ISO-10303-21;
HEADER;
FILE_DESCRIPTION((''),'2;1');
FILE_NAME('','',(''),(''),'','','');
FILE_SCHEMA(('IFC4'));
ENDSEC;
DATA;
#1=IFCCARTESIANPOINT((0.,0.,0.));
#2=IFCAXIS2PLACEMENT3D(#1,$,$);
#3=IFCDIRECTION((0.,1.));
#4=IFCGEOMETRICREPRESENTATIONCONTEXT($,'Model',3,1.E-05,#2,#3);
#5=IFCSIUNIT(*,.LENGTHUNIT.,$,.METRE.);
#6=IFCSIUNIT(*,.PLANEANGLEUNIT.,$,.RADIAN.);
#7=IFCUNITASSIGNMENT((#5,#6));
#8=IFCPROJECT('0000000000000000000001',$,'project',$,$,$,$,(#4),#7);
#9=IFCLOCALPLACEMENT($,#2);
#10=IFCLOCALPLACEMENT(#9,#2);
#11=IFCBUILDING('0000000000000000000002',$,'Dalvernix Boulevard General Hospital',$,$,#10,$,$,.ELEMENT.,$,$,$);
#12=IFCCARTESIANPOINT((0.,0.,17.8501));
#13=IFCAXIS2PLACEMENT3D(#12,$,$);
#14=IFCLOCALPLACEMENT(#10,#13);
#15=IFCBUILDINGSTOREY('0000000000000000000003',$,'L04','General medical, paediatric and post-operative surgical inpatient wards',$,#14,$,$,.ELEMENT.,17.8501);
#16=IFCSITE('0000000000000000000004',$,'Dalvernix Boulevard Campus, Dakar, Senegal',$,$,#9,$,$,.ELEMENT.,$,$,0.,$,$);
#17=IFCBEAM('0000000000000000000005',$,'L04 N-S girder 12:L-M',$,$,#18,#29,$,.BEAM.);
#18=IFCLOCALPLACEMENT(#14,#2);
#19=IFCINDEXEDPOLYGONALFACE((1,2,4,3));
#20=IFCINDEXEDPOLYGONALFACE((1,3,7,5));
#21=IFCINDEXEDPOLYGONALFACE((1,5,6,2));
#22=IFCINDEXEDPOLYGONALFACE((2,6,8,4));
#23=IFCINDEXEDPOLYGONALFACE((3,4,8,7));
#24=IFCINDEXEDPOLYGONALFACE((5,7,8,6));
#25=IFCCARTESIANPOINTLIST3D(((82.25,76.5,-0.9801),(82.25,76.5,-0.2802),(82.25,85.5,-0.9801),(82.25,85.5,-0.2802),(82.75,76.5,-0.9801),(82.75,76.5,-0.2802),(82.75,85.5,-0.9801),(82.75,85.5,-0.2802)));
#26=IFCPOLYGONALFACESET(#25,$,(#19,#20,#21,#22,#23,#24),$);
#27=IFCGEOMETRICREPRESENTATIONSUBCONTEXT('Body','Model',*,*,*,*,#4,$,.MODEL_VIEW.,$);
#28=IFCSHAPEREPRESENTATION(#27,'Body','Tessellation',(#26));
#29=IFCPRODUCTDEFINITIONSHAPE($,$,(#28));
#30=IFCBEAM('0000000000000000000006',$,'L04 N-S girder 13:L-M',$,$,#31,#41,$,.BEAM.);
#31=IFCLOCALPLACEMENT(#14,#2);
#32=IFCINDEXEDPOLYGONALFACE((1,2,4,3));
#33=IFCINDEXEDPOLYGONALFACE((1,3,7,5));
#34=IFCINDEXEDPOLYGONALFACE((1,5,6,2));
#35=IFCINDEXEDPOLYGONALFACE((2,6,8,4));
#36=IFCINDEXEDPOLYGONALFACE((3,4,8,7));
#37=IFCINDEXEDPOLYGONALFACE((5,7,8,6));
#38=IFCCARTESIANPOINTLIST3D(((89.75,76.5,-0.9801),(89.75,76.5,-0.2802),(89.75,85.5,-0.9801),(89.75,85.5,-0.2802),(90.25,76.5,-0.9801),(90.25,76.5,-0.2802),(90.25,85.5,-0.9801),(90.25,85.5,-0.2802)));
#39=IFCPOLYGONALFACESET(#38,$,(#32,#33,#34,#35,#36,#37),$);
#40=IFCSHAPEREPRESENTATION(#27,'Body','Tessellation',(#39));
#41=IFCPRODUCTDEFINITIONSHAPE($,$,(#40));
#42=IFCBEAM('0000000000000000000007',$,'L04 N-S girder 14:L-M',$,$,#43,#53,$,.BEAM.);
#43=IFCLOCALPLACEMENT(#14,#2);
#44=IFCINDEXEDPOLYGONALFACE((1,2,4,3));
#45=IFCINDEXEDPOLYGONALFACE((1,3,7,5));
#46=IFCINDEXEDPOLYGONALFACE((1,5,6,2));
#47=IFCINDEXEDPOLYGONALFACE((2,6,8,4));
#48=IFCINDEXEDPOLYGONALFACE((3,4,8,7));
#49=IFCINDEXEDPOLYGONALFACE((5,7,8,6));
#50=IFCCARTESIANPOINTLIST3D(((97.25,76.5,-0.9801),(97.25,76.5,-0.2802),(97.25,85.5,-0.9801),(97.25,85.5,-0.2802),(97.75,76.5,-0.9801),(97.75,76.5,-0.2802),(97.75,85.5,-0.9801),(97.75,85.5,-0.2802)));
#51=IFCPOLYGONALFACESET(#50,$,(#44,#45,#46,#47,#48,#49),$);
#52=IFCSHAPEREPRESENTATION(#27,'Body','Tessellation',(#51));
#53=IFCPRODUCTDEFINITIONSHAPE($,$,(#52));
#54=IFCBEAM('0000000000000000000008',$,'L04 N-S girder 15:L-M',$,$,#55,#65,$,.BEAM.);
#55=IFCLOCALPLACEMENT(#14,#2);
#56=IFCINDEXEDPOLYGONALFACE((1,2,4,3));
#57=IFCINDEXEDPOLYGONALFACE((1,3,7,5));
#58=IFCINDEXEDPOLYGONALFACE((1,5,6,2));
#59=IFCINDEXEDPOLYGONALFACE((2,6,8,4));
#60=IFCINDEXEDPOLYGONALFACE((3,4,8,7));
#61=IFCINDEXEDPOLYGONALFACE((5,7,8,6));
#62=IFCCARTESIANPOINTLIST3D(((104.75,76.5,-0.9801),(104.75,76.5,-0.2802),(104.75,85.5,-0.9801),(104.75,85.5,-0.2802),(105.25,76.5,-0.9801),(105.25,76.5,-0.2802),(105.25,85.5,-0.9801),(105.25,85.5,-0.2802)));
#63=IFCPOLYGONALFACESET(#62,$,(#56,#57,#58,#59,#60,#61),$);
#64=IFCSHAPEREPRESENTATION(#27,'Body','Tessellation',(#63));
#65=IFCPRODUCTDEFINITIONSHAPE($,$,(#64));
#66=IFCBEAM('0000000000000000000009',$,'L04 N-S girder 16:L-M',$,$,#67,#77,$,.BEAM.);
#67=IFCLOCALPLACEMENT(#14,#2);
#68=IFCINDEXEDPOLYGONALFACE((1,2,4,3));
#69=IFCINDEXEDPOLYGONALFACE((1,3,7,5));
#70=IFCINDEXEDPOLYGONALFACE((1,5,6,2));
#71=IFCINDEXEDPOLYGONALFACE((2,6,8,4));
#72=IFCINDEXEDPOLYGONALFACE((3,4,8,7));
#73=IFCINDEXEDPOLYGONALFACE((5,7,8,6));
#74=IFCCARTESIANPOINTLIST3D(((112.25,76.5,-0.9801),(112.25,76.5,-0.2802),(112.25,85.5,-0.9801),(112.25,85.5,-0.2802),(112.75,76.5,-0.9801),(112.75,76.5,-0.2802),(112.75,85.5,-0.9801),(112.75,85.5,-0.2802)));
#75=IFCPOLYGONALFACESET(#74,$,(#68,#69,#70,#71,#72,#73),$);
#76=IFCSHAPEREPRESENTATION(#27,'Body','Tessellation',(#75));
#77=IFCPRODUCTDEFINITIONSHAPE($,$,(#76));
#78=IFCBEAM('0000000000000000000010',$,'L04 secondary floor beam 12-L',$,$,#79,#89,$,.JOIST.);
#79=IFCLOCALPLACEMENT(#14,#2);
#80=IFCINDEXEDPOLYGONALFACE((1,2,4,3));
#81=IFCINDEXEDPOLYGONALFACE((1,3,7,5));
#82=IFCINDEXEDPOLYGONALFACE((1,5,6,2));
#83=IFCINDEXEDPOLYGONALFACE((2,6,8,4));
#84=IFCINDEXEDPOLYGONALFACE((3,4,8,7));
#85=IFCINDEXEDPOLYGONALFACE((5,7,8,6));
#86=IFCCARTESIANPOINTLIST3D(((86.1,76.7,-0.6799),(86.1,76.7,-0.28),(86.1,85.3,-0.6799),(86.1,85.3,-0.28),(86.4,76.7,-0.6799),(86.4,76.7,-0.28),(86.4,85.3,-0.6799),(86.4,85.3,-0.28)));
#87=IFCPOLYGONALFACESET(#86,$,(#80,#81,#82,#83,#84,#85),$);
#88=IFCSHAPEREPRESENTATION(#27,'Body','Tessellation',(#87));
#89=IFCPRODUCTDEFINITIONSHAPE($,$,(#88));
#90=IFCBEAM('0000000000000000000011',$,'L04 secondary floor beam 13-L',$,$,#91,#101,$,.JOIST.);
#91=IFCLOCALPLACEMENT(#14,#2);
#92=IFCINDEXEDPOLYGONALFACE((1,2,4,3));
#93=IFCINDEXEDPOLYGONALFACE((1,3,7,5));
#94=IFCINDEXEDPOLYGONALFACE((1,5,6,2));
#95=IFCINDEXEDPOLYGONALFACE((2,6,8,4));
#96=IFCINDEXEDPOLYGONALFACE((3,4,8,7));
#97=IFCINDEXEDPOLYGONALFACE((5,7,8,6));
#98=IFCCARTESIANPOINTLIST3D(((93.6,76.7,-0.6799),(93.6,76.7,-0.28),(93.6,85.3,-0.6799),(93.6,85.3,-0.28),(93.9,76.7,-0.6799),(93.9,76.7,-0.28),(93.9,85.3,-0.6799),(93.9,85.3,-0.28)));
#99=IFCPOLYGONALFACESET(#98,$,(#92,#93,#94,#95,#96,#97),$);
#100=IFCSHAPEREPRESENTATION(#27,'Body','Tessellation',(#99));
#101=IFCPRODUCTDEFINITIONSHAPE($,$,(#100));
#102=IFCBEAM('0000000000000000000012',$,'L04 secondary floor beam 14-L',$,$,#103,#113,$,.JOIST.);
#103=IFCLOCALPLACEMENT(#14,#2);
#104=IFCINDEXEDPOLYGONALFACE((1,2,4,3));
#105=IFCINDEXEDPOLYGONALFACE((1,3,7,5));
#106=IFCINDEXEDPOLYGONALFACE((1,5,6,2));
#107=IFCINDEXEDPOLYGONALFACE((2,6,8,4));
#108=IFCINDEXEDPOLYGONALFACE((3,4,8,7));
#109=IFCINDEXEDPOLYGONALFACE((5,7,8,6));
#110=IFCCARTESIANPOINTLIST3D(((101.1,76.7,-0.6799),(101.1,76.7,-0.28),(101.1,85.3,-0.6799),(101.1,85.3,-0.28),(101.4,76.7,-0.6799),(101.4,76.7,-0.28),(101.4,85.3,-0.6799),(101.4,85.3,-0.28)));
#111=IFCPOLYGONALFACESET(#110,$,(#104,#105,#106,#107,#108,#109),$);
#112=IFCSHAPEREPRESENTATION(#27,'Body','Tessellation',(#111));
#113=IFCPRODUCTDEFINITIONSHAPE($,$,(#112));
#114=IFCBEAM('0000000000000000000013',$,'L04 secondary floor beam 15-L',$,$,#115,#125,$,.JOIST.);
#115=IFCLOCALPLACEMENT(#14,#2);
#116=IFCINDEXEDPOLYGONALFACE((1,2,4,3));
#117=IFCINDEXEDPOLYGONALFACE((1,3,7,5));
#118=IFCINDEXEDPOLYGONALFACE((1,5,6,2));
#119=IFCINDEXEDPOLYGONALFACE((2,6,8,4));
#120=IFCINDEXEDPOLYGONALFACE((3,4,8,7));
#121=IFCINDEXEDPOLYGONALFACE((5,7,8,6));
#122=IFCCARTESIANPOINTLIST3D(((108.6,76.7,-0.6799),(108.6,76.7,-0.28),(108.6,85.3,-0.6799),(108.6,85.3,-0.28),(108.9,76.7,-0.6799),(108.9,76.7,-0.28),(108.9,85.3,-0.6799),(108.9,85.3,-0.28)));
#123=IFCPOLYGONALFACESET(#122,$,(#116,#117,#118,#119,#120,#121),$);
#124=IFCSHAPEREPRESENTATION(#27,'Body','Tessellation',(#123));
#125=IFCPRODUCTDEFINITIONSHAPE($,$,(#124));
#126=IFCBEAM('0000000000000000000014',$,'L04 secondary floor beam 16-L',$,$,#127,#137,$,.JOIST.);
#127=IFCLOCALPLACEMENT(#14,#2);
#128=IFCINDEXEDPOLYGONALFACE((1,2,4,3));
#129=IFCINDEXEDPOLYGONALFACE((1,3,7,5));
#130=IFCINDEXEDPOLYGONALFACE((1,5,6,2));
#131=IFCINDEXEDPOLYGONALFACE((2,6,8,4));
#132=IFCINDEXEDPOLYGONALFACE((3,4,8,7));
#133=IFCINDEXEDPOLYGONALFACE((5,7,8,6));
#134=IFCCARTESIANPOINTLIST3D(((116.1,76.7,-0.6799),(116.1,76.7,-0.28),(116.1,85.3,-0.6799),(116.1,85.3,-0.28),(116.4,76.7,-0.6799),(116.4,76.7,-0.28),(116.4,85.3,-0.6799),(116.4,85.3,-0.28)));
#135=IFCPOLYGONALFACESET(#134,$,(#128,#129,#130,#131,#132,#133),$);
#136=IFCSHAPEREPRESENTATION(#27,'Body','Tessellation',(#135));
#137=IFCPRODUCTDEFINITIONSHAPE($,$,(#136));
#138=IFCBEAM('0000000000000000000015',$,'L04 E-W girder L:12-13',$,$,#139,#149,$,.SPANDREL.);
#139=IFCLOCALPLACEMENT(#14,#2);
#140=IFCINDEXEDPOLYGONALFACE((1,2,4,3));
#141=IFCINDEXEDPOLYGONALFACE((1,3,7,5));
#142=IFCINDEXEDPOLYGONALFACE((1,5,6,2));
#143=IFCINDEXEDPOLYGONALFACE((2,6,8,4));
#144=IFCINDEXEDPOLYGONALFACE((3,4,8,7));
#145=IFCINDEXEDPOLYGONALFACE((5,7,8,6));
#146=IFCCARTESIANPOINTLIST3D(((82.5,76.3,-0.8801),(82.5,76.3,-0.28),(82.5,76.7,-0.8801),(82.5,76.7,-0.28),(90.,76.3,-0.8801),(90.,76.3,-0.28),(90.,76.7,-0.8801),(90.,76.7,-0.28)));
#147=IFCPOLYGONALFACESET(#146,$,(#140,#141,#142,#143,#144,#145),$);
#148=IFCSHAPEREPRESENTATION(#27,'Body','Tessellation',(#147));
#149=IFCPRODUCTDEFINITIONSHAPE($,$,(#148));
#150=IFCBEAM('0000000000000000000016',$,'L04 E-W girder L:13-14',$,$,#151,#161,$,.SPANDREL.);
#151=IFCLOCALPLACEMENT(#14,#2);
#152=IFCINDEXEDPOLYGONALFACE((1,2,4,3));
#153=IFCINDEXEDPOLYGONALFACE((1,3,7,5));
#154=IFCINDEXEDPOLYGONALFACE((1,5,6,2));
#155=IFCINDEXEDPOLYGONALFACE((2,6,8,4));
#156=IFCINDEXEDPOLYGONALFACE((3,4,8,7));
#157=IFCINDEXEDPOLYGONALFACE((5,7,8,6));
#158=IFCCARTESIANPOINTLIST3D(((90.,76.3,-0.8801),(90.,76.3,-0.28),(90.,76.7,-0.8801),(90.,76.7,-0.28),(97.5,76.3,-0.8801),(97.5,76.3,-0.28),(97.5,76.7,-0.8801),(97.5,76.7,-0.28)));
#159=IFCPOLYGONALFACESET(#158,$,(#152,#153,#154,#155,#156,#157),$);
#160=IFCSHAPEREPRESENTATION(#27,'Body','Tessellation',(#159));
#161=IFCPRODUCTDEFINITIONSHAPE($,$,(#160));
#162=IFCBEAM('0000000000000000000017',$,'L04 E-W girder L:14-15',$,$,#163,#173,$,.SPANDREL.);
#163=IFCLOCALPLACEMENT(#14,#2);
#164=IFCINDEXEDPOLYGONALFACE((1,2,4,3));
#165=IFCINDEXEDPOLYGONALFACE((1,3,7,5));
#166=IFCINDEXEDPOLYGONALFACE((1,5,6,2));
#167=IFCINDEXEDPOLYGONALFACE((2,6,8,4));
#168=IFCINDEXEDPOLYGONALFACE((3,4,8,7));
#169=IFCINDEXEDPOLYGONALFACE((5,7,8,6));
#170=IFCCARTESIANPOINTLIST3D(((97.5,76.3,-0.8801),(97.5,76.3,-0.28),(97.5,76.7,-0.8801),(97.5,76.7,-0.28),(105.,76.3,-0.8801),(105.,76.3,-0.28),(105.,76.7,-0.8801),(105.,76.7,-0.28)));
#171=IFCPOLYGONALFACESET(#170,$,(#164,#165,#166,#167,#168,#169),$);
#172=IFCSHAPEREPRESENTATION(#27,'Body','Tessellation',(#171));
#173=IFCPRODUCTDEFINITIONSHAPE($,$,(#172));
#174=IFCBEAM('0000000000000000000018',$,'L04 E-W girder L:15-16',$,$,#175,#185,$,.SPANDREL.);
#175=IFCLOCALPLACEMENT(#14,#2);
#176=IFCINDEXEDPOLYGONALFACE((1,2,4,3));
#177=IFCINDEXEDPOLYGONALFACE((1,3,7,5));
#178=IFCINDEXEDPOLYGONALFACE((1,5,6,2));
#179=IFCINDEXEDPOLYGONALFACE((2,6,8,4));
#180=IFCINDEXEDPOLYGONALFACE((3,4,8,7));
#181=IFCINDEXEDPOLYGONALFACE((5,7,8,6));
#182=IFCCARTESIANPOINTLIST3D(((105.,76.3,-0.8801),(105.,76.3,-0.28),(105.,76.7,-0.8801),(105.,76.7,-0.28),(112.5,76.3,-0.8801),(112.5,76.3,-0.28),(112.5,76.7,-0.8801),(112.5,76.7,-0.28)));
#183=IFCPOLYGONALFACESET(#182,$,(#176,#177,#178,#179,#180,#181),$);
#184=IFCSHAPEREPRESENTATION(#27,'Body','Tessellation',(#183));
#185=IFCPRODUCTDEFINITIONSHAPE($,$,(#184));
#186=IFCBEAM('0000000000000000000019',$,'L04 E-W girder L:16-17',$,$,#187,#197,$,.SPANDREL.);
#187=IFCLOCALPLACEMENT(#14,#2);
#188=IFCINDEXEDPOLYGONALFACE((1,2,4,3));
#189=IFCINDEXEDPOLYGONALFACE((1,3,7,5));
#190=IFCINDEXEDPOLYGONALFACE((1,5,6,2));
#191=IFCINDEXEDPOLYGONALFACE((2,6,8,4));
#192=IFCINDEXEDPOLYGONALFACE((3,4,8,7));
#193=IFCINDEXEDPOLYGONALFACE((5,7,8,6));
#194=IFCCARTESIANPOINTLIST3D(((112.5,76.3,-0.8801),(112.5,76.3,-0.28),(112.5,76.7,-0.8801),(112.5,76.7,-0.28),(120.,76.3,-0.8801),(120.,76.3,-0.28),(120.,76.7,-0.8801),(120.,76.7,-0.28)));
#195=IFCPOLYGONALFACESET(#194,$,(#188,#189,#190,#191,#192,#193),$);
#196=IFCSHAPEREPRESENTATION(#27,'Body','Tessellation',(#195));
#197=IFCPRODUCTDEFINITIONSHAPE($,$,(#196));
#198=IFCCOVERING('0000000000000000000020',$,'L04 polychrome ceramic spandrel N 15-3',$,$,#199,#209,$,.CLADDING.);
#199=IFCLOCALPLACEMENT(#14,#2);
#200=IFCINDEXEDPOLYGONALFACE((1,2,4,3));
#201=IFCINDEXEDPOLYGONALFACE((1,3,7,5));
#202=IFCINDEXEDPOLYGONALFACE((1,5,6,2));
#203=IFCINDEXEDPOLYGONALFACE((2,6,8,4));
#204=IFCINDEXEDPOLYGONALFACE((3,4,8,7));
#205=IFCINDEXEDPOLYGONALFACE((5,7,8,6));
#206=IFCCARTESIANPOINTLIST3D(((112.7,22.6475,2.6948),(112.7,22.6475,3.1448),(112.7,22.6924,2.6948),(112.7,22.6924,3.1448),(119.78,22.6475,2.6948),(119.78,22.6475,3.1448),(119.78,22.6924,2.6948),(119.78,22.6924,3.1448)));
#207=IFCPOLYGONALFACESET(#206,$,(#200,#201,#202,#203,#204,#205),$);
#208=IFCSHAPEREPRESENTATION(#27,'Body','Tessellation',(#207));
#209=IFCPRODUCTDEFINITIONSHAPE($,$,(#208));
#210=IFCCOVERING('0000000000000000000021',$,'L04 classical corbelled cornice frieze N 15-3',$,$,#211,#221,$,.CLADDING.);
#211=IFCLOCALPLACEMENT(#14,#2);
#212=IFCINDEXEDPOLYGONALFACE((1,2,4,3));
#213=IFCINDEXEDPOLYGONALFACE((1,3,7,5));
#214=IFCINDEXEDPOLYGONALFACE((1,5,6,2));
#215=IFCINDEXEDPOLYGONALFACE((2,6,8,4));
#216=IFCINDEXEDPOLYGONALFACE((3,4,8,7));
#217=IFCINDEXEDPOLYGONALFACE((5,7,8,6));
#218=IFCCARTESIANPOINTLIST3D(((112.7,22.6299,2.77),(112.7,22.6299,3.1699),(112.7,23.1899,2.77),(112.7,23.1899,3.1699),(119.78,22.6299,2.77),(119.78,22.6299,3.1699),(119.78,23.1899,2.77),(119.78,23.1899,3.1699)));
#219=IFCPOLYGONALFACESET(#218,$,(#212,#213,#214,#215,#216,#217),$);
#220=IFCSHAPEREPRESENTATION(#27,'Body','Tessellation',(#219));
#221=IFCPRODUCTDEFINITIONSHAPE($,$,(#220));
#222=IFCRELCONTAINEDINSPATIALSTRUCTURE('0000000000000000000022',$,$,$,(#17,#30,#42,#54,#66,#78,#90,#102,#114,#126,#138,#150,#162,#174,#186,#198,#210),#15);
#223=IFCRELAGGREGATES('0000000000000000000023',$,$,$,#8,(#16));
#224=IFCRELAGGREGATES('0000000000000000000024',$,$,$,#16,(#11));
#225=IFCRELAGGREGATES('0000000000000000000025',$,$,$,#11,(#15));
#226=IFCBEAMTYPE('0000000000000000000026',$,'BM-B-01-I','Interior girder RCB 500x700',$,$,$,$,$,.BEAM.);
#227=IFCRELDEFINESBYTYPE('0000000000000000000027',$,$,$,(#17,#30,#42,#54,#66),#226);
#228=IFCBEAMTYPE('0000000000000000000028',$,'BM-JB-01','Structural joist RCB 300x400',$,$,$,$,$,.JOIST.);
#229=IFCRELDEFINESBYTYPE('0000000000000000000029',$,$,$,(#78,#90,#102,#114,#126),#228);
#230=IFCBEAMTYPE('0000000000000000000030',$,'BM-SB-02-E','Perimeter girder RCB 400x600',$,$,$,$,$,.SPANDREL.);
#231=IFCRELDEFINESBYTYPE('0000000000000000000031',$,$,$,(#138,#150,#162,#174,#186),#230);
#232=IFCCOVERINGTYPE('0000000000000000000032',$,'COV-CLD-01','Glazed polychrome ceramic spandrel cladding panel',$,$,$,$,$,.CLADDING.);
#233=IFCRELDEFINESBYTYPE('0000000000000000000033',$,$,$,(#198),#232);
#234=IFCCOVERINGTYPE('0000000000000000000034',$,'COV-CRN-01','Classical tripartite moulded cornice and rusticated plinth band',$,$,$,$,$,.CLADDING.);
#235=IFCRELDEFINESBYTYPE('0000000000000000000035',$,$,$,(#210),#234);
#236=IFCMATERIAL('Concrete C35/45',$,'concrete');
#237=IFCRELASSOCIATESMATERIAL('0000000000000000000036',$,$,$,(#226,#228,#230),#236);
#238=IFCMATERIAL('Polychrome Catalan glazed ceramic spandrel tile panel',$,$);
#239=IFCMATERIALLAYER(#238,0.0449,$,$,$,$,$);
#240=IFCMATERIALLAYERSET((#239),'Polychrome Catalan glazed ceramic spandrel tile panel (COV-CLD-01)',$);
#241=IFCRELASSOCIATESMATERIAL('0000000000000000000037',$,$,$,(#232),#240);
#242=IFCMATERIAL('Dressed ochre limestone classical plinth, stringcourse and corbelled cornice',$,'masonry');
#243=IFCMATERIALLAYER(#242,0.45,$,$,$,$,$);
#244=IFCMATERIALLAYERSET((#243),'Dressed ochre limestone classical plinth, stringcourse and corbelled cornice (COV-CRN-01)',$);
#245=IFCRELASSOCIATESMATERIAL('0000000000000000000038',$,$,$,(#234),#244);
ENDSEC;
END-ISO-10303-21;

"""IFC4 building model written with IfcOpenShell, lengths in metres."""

from ifc_helpers import new_model, si_unit, direction, frame, origin, origin_2d, place, context, subcontext, project, spatial, rectangle, extrude, material, layer, layer_set, material_profile, profile_set, type_object, element, save


model = new_model("IFC4")

# Units and contexts
model_context = context("Model", 3, precision=1e-05, world=origin(), true_north=direction((0.0, 1.0)))
body_context = subcontext(model_context, "Body", "Model", "MODEL_VIEW")
ifc_project = project(units=[si_unit("LENGTHUNIT", "METRE"), si_unit("PLANEANGLEUNIT", "RADIAN")], contexts=[model_context])

# Site, building, storey
site_placement = place(None, origin())
site = spatial("IfcSite", under=ifc_project, at=site_placement, Name="Dalvernix Boulevard Campus, Dakar, Senegal", CompositionType="ELEMENT", RefElevation=0.0)
building_placement = place(site_placement, origin())
building = spatial("IfcBuilding", under=site, at=building_placement, Name="Dalvernix Boulevard General Hospital", CompositionType="ELEMENT")
storey_placement = place(building_placement, frame((0.0, 0.0, 17.8501)))
storey = spatial("IfcBuildingStorey", under=building, at=storey_placement, Name="L04", Description="General medical, paediatric and post-operative surgical inpatient wards", CompositionType="ELEMENT", Elevation=17.8501)

# Beams
ifc_material_1 = material(Name="Concrete C35/45", Category="concrete")
ifc_material_profile_1 = material_profile(ifc_material_1, rectangle(XDim=0.5, YDim=0.7, at=origin_2d()), Name="RCB 500x700")
ifc_profile_set_1 = profile_set([ifc_material_profile_1], Name="Concrete C35/45")
beam_type_1 = type_object("IfcBeamType", Name="BM-B-01-I", Description="Interior girder RCB 500x700", PredefinedType="BEAM", material=ifc_profile_set_1)
for number, where, z_axis, x_axis, name in (
    (1, (82.5, 76.5, -0.6301), (0.0, 1.0, 0.0), (-1.0, 0.0, 0.0), "L04 N-S girder 12:L-M"),
    (2, (90.0, 76.5, -0.6301), (0.0, 1.0, 0.0), (-1.0, 0.0, 0.0), "L04 N-S girder 13:L-M"),
    (3, (97.5, 76.5, -0.6301), (0.0, 1.0, 0.0), (-1.0, 0.0, 0.0), "L04 N-S girder 14:L-M"),
    (4, (105.0, 76.5, -0.6301), (0.0, 1.0, 0.0), (-1.0, 0.0, 0.0), "L04 N-S girder 15:L-M"),
    (5, (112.5, 76.5, -0.6301), (0.0, 1.0, 0.0), (-1.0, 0.0, 0.0), "L04 N-S girder 16:L-M"),
):
    element("IfcBeam", number, at=place(storey_placement, frame(where, z_axis=z_axis, x_axis=x_axis)), inside=storey, type_object=beam_type_1, Name=name, PredefinedType="BEAM", context=body_context, shape_type="SweptSolid", body=[
        extrude(rectangle(XDim=0.5, YDim=0.7, at=origin_2d()), origin(), (0.0, 0.0, 1.0), 9.0),
    ])
ifc_material_profile_2 = material_profile(ifc_material_1, rectangle(XDim=0.3, YDim=0.3999, at=origin_2d()), Name="RCB 300x400")
ifc_profile_set_2 = profile_set([ifc_material_profile_2], Name="Concrete C35/45")
beam_type_2 = type_object("IfcBeamType", Name="BM-JB-01", Description="Structural joist RCB 300x400", PredefinedType="JOIST", material=ifc_profile_set_2)
for number, where, z_axis, x_axis, name in (
    (6, (86.25, 76.7, -0.48), (0.0, 1.0, 0.0), (-1.0, 0.0, 0.0), "L04 secondary floor beam 12-L"),
    (7, (93.75, 76.7, -0.48), (0.0, 1.0, 0.0), (-1.0, 0.0, 0.0), "L04 secondary floor beam 13-L"),
    (8, (101.25, 76.7, -0.48), (0.0, 1.0, 0.0), (-1.0, 0.0, 0.0), "L04 secondary floor beam 14-L"),
    (9, (108.75, 76.7, -0.48), (0.0, 1.0, 0.0), (-1.0, 0.0, 0.0), "L04 secondary floor beam 15-L"),
    (10, (116.25, 76.7, -0.48), (0.0, 1.0, 0.0), (-1.0, 0.0, 0.0), "L04 secondary floor beam 16-L"),
):
    element("IfcBeam", number, at=place(storey_placement, frame(where, z_axis=z_axis, x_axis=x_axis)), inside=storey, type_object=beam_type_2, Name=name, PredefinedType="JOIST", context=body_context, shape_type="SweptSolid", body=[
        extrude(rectangle(XDim=0.3, YDim=0.3999, at=origin_2d()), origin(), (0.0, 0.0, 1.0), 8.6001),
    ])
ifc_material_profile_3 = material_profile(ifc_material_1, rectangle(XDim=0.3999, YDim=0.6001, at=origin_2d()), Name="RCB 400x600")
ifc_profile_set_3 = profile_set([ifc_material_profile_3], Name="Concrete C35/45")
beam_type_3 = type_object("IfcBeamType", Name="BM-SB-02-E", Description="Perimeter girder RCB 400x600", PredefinedType="SPANDREL", material=ifc_profile_set_3)
for number, where, z_axis, x_axis, name in (
    (11, (82.5, 76.5, -0.5801), (1.0, 0.0, 0.0), (0.0, 1.0, 0.0), "L04 E-W girder L:12-13"),
    (12, (90.0, 76.5, -0.5801), (1.0, 0.0, 0.0), (0.0, 1.0, 0.0), "L04 E-W girder L:13-14"),
    (13, (97.5, 76.5, -0.5801), (1.0, 0.0, 0.0), (0.0, 1.0, 0.0), "L04 E-W girder L:14-15"),
    (14, (105.0, 76.5, -0.5801), (1.0, 0.0, 0.0), (0.0, 1.0, 0.0), "L04 E-W girder L:15-16"),
    (15, (112.5, 76.5, -0.5801), (1.0, 0.0, 0.0), (0.0, 1.0, 0.0), "L04 E-W girder L:16-17"),
):
    element("IfcBeam", number, at=place(storey_placement, frame(where, z_axis=z_axis, x_axis=x_axis)), inside=storey, type_object=beam_type_3, Name=name, PredefinedType="SPANDREL", context=body_context, shape_type="SweptSolid", body=[
        extrude(rectangle(XDim=0.3999, YDim=0.6001, at=origin_2d()), origin(), (0.0, 0.0, 1.0), 7.5),
    ])

# Coverings
ifc_material_2 = material(Name="Polychrome Catalan glazed ceramic spandrel tile panel")
ifc_layer_1 = layer(ifc_material_2, 0.0449)
ifc_layer_set_1 = layer_set([ifc_layer_1], Name="Polychrome Catalan glazed ceramic spandrel tile panel (COV-CLD-01)")
covering_type_1 = type_object("IfcCoveringType", Name="COV-CLD-01", Description="Glazed polychrome ceramic spandrel cladding panel", PredefinedType="CLADDING", material=ifc_layer_set_1)
covering_1_placement = place(storey_placement, frame((116.24, 22.6699, 2.6948), z_axis=(0.0, 0.0, 1.0), x_axis=(1.0, 0.0, 0.0)))
element("IfcCovering", 16, at=covering_1_placement, inside=storey, type_object=covering_type_1, Name="L04 polychrome ceramic spandrel N 15-3", PredefinedType="CLADDING", context=body_context, shape_type="SweptSolid", body=[
    extrude(rectangle(XDim=7.0801, YDim=0.0449, at=origin_2d()), origin(), (0.0, 0.0, 1.0), 0.45),
])
ifc_material_3 = material(Name="Dressed ochre limestone classical plinth, stringcourse and corbelled cornice", Category="masonry")
ifc_layer_2 = layer(ifc_material_3, 0.45)
ifc_layer_set_2 = layer_set([ifc_layer_2], Name="Dressed ochre limestone classical plinth, stringcourse and corbelled cornice (COV-CRN-01)")
covering_type_2 = type_object("IfcCoveringType", Name="COV-CRN-01", Description="Classical tripartite moulded cornice and rusticated plinth band", PredefinedType="CLADDING", material=ifc_layer_set_2)
covering_2_placement = place(storey_placement, frame((116.24, 22.9099, 2.77), z_axis=(0.0, 0.0, 1.0), x_axis=(1.0, 0.0, 0.0)))
element("IfcCovering", 17, at=covering_2_placement, inside=storey, type_object=covering_type_2, Name="L04 classical corbelled cornice frieze N 15-3", PredefinedType="CLADDING", context=body_context, shape_type="SweptSolid", body=[
    extrude(rectangle(XDim=7.0801, YDim=0.5601, at=origin_2d()), origin(), (0.0, 0.0, 1.0), 0.3999),
])

save(model, "model.ifc")
